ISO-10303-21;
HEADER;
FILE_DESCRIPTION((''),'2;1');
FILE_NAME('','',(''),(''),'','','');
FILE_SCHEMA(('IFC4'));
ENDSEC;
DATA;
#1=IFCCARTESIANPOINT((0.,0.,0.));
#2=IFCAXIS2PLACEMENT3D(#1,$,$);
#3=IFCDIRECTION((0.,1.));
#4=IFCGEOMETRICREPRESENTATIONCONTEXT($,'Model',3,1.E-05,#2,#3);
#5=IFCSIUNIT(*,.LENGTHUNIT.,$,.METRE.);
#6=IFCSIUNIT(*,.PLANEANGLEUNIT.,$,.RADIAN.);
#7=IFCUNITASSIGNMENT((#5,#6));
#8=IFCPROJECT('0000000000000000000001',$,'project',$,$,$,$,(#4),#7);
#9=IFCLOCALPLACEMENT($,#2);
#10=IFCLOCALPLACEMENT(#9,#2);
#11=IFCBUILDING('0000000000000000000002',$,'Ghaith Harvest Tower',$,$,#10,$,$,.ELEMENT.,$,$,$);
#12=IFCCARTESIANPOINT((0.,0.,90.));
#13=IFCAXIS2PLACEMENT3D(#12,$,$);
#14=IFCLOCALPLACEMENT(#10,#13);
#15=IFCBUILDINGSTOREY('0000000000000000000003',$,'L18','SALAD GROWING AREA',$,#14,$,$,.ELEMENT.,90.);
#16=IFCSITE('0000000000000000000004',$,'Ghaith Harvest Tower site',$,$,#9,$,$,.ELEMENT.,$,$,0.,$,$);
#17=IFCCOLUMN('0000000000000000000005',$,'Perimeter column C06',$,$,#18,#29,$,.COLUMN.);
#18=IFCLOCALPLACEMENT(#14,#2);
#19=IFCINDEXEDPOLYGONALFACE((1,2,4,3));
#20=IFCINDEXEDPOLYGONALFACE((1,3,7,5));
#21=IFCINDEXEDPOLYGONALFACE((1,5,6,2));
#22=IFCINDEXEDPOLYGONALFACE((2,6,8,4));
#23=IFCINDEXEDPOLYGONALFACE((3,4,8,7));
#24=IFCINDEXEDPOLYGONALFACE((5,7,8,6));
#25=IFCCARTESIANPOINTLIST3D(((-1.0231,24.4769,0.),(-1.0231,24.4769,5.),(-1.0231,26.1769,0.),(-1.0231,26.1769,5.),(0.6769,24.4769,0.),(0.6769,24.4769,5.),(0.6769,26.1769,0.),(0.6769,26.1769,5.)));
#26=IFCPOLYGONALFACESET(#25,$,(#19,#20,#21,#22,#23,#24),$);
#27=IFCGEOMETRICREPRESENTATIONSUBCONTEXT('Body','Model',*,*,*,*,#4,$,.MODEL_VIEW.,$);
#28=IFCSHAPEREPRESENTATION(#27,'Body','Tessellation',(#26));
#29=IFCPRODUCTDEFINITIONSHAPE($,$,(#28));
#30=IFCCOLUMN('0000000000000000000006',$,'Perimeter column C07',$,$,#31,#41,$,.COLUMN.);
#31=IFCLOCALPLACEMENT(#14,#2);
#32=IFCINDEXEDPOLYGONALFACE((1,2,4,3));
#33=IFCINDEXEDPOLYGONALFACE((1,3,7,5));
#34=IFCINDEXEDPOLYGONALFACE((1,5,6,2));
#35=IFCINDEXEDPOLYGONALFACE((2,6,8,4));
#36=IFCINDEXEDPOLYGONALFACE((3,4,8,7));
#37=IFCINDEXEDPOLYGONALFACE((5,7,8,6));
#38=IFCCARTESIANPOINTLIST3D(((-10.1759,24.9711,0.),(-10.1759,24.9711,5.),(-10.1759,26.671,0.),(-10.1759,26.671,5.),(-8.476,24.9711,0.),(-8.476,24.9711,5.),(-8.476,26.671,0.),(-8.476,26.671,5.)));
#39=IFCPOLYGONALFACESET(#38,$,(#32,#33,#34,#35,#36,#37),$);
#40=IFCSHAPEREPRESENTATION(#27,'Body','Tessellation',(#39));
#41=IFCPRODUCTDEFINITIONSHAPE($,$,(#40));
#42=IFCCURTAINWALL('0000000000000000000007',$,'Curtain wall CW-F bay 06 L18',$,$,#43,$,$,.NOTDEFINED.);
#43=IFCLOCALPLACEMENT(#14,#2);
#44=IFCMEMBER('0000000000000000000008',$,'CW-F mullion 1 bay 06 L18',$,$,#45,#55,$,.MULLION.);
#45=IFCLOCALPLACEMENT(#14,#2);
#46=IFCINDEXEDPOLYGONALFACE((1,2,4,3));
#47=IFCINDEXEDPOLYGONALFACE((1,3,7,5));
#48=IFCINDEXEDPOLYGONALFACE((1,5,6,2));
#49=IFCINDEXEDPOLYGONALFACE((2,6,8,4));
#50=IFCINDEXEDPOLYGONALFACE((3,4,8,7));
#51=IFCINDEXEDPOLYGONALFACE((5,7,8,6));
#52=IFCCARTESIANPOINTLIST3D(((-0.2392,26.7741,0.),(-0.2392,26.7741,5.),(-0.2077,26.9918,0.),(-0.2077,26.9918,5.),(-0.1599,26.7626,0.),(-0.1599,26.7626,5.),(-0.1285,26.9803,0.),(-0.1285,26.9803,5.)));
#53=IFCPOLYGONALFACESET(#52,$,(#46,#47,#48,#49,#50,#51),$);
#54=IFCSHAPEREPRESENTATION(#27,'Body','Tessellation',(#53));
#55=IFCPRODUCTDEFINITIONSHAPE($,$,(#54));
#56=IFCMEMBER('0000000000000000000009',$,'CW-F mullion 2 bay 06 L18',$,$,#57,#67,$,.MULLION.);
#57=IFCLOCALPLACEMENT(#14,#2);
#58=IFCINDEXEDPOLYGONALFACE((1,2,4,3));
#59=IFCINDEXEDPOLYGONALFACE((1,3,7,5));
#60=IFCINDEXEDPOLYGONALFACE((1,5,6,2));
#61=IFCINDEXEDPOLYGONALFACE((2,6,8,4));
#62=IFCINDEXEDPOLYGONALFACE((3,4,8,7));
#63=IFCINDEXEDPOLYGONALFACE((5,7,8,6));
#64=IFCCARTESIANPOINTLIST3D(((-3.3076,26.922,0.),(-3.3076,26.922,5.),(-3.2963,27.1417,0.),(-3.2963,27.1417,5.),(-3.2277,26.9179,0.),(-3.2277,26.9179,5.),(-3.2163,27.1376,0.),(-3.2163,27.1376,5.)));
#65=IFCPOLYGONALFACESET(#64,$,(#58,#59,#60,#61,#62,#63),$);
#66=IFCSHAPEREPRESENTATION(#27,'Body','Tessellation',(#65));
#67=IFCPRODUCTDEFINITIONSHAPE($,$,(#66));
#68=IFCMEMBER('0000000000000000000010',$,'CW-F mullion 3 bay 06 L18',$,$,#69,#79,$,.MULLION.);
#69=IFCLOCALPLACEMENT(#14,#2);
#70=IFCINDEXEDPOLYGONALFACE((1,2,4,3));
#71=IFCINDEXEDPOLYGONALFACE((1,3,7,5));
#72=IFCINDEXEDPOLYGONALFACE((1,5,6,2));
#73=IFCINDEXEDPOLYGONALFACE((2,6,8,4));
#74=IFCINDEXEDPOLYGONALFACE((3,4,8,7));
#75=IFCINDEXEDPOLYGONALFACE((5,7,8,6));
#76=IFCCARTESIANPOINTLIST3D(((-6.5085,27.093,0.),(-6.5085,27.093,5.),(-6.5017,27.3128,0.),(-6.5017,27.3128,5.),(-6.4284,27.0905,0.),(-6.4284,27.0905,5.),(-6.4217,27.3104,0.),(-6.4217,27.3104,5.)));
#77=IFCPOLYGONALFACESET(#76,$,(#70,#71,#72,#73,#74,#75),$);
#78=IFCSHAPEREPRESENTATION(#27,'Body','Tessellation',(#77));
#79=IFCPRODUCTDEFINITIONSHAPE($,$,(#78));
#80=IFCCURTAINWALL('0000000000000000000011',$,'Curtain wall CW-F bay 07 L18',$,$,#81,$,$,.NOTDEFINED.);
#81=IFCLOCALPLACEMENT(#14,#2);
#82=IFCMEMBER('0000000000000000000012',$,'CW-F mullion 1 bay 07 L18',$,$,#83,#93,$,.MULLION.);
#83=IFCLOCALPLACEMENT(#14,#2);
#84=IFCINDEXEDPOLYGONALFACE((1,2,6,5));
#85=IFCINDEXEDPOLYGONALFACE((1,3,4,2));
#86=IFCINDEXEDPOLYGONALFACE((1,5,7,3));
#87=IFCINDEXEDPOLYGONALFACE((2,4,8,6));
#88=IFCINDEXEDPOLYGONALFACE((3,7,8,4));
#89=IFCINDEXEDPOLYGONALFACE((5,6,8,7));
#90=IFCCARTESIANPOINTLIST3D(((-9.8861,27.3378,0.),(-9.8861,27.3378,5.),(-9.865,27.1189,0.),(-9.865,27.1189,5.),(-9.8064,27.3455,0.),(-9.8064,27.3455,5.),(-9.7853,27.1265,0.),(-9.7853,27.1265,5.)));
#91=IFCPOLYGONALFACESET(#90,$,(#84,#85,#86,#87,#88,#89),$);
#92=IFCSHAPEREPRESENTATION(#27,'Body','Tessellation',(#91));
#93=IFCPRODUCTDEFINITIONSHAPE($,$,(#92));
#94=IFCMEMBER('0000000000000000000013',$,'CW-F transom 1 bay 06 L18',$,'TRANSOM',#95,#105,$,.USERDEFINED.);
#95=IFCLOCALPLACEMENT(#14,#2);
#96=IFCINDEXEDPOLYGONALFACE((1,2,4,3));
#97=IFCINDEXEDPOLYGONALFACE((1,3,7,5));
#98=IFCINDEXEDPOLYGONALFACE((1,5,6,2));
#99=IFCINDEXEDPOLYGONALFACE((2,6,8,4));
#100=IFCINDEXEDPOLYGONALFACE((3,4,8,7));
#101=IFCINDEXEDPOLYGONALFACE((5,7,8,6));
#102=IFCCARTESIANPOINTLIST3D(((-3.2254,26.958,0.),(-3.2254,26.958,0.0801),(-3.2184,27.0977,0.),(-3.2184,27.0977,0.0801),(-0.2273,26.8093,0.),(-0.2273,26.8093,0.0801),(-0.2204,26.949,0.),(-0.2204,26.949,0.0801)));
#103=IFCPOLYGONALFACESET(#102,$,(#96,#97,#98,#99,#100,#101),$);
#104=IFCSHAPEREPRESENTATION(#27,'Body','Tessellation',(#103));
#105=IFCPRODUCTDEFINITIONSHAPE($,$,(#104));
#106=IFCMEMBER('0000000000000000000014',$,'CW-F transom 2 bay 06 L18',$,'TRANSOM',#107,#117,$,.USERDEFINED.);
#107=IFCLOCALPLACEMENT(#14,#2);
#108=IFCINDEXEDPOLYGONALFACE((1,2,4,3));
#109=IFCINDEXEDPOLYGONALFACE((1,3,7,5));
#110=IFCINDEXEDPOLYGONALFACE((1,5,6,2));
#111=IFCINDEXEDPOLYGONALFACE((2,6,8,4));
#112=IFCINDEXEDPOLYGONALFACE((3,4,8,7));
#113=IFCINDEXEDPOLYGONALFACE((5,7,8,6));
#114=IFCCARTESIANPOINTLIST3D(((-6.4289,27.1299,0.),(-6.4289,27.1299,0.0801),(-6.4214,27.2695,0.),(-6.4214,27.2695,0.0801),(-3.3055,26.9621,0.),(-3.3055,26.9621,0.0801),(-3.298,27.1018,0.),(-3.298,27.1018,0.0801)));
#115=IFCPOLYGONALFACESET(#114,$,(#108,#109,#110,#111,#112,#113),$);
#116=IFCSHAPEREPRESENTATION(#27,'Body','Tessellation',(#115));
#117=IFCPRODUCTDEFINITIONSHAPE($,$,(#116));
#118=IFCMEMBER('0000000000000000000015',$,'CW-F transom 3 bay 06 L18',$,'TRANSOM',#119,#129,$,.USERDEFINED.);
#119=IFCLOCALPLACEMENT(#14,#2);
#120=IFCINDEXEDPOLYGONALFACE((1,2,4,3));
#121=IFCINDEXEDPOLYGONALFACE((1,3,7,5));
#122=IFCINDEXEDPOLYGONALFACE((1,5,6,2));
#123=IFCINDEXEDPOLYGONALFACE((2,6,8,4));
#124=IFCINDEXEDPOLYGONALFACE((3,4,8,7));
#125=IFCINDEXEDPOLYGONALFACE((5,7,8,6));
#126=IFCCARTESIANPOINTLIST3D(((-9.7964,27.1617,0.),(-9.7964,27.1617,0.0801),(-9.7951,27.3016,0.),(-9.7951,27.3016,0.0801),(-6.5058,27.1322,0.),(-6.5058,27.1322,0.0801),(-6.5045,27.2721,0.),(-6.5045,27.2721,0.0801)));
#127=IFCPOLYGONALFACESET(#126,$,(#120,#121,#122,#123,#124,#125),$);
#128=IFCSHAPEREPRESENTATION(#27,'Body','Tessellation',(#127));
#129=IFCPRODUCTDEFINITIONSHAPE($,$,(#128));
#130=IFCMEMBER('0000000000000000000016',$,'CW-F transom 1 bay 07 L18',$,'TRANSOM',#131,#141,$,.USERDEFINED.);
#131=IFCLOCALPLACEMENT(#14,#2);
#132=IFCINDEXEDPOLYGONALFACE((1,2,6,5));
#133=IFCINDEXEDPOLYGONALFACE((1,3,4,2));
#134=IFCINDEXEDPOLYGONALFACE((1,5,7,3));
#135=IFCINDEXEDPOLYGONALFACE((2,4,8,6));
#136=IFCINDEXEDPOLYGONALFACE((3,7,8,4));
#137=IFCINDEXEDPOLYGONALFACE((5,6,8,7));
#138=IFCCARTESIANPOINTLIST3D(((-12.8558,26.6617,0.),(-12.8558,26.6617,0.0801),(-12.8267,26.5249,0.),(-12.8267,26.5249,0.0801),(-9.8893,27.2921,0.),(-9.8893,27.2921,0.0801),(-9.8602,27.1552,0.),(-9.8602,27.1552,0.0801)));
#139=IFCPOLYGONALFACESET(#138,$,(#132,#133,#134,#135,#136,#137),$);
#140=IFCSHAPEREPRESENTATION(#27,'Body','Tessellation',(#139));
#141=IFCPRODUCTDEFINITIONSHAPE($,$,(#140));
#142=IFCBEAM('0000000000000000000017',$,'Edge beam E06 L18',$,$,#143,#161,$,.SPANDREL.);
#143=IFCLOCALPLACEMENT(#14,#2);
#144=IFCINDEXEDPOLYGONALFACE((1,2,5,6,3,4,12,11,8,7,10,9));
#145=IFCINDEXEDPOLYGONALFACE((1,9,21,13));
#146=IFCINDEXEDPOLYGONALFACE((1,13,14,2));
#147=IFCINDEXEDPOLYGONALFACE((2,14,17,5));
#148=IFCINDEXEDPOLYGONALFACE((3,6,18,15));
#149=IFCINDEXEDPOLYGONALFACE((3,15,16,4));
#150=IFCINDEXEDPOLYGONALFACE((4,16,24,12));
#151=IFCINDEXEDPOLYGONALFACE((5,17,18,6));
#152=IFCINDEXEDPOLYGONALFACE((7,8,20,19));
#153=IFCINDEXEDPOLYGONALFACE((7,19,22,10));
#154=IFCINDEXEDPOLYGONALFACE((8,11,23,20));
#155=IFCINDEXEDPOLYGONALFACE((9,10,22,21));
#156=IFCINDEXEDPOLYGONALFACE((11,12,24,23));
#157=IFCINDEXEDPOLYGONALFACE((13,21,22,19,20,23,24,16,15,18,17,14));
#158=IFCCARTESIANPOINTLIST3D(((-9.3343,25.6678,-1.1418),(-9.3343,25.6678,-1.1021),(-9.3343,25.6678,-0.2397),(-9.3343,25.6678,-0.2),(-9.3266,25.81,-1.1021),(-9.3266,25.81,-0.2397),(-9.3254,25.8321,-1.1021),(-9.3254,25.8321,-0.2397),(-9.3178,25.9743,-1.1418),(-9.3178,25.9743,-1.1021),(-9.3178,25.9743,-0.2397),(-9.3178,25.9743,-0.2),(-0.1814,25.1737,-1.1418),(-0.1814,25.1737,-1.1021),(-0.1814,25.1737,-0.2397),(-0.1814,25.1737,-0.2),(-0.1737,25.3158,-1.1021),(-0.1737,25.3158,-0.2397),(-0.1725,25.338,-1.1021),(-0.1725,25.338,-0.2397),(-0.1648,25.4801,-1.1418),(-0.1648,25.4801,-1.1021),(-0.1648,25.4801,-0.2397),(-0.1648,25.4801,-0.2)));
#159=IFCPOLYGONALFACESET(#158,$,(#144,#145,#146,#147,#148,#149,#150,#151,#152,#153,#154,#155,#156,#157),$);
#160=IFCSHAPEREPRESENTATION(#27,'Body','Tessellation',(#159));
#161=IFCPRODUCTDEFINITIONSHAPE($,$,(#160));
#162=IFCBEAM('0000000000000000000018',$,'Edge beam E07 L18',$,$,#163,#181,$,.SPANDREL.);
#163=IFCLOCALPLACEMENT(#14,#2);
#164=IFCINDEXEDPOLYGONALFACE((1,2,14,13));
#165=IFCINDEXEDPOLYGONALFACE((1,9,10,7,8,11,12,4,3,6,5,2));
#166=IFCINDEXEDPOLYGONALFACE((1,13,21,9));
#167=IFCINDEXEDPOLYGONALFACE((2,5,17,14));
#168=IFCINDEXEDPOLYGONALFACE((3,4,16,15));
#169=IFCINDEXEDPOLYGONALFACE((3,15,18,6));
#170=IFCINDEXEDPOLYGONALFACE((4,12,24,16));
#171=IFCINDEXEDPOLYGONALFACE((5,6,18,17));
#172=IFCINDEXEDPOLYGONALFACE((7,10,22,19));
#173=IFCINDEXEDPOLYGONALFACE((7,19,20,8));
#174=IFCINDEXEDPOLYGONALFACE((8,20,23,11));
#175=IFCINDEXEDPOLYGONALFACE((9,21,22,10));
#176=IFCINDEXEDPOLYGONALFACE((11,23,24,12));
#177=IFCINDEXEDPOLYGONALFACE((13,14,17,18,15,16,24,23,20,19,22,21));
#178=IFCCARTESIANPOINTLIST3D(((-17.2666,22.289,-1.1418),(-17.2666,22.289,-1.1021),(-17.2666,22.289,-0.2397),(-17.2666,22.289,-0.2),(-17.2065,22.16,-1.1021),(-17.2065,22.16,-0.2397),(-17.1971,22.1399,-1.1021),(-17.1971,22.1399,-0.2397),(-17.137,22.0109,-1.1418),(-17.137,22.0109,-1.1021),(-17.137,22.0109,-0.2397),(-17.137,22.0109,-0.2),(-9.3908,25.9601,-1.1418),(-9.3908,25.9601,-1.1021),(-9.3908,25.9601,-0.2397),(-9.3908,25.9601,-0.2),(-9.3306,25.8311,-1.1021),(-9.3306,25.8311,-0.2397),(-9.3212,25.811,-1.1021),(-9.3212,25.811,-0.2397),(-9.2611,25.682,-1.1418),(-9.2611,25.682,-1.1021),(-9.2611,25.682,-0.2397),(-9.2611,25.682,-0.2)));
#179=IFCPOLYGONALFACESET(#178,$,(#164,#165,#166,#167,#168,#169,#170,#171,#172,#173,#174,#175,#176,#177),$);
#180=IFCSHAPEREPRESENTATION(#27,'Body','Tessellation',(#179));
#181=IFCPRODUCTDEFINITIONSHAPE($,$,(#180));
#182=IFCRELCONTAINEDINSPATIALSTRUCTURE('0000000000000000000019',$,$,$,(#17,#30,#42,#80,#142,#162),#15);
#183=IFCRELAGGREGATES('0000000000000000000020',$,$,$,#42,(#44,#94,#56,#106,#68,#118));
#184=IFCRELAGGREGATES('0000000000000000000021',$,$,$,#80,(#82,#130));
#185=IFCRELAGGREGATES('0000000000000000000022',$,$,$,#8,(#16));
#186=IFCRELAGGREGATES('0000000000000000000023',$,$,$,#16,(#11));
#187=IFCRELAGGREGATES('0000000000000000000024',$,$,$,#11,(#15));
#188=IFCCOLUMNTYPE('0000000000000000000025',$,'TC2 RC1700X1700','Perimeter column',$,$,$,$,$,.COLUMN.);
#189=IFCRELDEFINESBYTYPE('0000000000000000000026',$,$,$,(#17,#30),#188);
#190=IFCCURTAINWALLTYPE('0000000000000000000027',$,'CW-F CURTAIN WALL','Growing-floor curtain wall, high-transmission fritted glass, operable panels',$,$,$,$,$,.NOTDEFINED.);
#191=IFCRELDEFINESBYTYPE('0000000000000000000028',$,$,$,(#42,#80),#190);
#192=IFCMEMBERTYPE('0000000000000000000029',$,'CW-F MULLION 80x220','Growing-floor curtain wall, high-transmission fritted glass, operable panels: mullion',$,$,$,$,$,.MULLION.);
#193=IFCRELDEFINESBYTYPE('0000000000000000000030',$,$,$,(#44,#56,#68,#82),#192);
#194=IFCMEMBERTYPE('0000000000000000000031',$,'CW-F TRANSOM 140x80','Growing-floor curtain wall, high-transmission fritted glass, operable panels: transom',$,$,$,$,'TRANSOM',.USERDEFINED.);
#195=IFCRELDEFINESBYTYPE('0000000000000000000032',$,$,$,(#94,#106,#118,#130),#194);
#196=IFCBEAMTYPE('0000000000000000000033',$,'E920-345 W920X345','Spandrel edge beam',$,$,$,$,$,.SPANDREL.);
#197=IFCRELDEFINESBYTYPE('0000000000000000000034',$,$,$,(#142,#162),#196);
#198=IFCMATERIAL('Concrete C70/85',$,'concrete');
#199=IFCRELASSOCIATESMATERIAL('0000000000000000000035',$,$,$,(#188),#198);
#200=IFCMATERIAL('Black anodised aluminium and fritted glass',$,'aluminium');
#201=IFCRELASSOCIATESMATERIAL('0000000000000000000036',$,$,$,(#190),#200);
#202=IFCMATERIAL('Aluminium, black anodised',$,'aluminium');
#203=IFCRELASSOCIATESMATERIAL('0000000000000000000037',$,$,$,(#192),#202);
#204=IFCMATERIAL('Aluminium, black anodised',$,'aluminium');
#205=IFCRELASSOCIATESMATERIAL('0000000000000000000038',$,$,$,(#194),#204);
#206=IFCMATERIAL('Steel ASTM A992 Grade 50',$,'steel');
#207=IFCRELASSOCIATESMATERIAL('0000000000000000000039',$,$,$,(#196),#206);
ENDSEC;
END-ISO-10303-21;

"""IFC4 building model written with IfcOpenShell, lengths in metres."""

from ifc_helpers import new_model, si_unit, direction, frame, origin, origin_2d, place, context, subcontext, project, spatial, rectangle, i_section, extrude, material, material_profile, profile_set, type_object, element, aggregate, save


model = new_model("IFC4")

# Units and contexts
model_context = context("Model", 3, precision=1e-05, world=origin(), true_north=direction((0.0, 1.0)))
body_context = subcontext(model_context, "Body", "Model", "MODEL_VIEW")
ifc_project = project(units=[si_unit("LENGTHUNIT", "METRE"), si_unit("PLANEANGLEUNIT", "RADIAN")], contexts=[model_context])

# Site, building, storey
site_placement = place(None, origin())
site = spatial("IfcSite", under=ifc_project, at=site_placement, Name="Ghaith Harvest Tower site", CompositionType="ELEMENT", RefElevation=0.0)
building_placement = place(site_placement, origin())
building = spatial("IfcBuilding", under=site, at=building_placement, Name="Ghaith Harvest Tower", CompositionType="ELEMENT")
storey_placement = place(building_placement, frame((0.0, 0.0, 90.0)))
storey = spatial("IfcBuildingStorey", under=building, at=storey_placement, Name="L18", Description="SALAD GROWING AREA", CompositionType="ELEMENT", Elevation=90.0)

# Columns
ifc_material_1 = material(Name="Concrete C70/85", Category="concrete")
ifc_material_profile_1 = material_profile(ifc_material_1, rectangle(XDim=1.7, YDim=1.7, at=origin_2d()), Name="RC1700X1700")
ifc_profile_set_1 = profile_set([ifc_material_profile_1], Name="Concrete C70/85")
column_type = type_object("IfcColumnType", Name="TC2 RC1700X1700", Description="Perimeter column", PredefinedType="COLUMN", material=ifc_profile_set_1)
for number, where, z_axis, x_axis, name in (
    (1, (-0.1731, 25.3269, 0.0), (0.0, 0.0, 1.0), (1.0, 0.0, 0.0), "Perimeter column C06"),
    (2, (-9.3259, 25.821, 0.0), (0.0, 0.0, 1.0), (1.0, 0.0, 0.0), "Perimeter column C07"),
):
    element("IfcColumn", number, at=place(storey_placement, frame(where, z_axis=z_axis, x_axis=x_axis)), inside=storey, type_object=column_type, Name=name, PredefinedType="COLUMN", context=body_context, shape_type="SweptSolid", body=[
        extrude(rectangle(XDim=1.7, YDim=1.7, at=origin_2d()), origin(), (0.0, 0.0, 1.0), 5.0),
    ])

# Curtain wall, members
ifc_material_2 = material(Name="Black anodised aluminium and fritted glass", Category="aluminium")
curtain_wall_type = type_object("IfcCurtainWallType", Name="CW-F CURTAIN WALL", Description="Growing-floor curtain wall, high-transmission fritted glass, operable panels", PredefinedType="NOTDEFINED", material=ifc_material_2)
curtain_wall_1_placement = place(storey_placement, origin())
curtain_wall_1 = element("IfcCurtainWall", 3, at=curtain_wall_1_placement, inside=storey, type_object=curtain_wall_type, Name="Curtain wall CW-F bay 06 L18", PredefinedType="NOTDEFINED")
ifc_material_3 = material(Name="Aluminium, black anodised", Category="aluminium")
ifc_material_profile_2 = material_profile(ifc_material_3, rectangle(XDim=0.0801, YDim=0.22, at=origin_2d()), Name="CW-F MULLION 80x220")
ifc_profile_set_2 = profile_set([ifc_material_profile_2], Name="Aluminium, black anodised")
member_type_1 = type_object("IfcMemberType", Name="CW-F MULLION 80x220", Description="Growing-floor curtain wall, high-transmission fritted glass, operable panels: mullion", PredefinedType="MULLION", material=ifc_profile_set_2)
member_1_placement = place(storey_placement, frame((-0.1838, 26.8772, 0.0), z_axis=(0.0, 0.0, 1.0), x_axis=(-0.989712, 0.143075, 0.0)))
member_1 = element("IfcMember", 4, at=member_1_placement, type_object=member_type_1, Name="CW-F mullion 1 bay 06 L18", PredefinedType="MULLION", context=body_context, shape_type="SweptSolid", body=[
    extrude(rectangle(XDim=0.0801, YDim=0.22, at=origin_2d()), origin(), (0.0, 0.0, 1.0), 5.0),
])
member_2_placement = place(storey_placement, frame((-3.262, 27.0298, 0.0), z_axis=(0.0, 0.0, 1.0), x_axis=(-0.998667, 0.051618, 0.0)))
member_2 = element("IfcMember", 5, at=member_2_placement, type_object=member_type_1, Name="CW-F mullion 2 bay 06 L18", PredefinedType="MULLION", context=body_context, shape_type="SweptSolid", body=[
    extrude(rectangle(XDim=0.0801, YDim=0.22, at=origin_2d()), origin(), (0.0, 0.0, 1.0), 5.0),
])
member_3_placement = place(storey_placement, frame((-6.4651, 27.2017, 0.0), z_axis=(0.0, 0.0, 1.0), x_axis=(-0.999527, 0.03075, 0.0)))
member_3 = element("IfcMember", 6, at=member_3_placement, type_object=member_type_1, Name="CW-F mullion 3 bay 06 L18", PredefinedType="MULLION", context=body_context, shape_type="SweptSolid", body=[
    extrude(rectangle(XDim=0.0801, YDim=0.22, at=origin_2d()), origin(), (0.0, 0.0, 1.0), 5.0),
])

# Curtain wall, member
curtain_wall_2_placement = place(storey_placement, origin())
curtain_wall_2 = element("IfcCurtainWall", 7, at=curtain_wall_2_placement, inside=storey, type_object=curtain_wall_type, Name="Curtain wall CW-F bay 07 L18", PredefinedType="NOTDEFINED")
member_4_placement = place(storey_placement, frame((-9.8357, 27.2322, 0.0), z_axis=(0.0, 0.0, 1.0), x_axis=(-0.995408, -0.095718, 0.0)))
member_4 = element("IfcMember", 8, at=member_4_placement, type_object=member_type_1, Name="CW-F mullion 1 bay 07 L18", PredefinedType="MULLION", context=body_context, shape_type="SweptSolid", body=[
    extrude(rectangle(XDim=0.0801, YDim=0.22, at=origin_2d()), origin(), (0.0, 0.0, 1.0), 5.0),
])

# Members
ifc_material_4 = material(Name="Aluminium, black anodised", Category="aluminium")
ifc_material_profile_3 = material_profile(ifc_material_4, rectangle(XDim=0.1399, YDim=0.0801, at=origin_2d()), Name="CW-F TRANSOM 140x80")
ifc_profile_set_3 = profile_set([ifc_material_profile_3], Name="Aluminium, black anodised")
member_type_2 = type_object("IfcMemberType", Name="CW-F TRANSOM 140x80", Description="Growing-floor curtain wall, high-transmission fritted glass, operable panels: transom", ElementType="TRANSOM", PredefinedType="USERDEFINED", material=ifc_profile_set_3)
member_5_placement = place(storey_placement, frame((-0.2239, 26.8792, 0.04), z_axis=(-0.998773, 0.049532, 0.0), x_axis=(-0.049532, -0.998773, 0.0)))
member_5 = element("IfcMember", 9, at=member_5_placement, type_object=member_type_2, Name="CW-F transom 1 bay 06 L18", ObjectType="TRANSOM", PredefinedType="USERDEFINED", context=body_context, shape_type="SweptSolid", body=[
    extrude(rectangle(XDim=0.1399, YDim=0.0801, at=origin_2d()), origin(), (0.0, 0.0, 1.0), 3.0017),
])
member_6_placement = place(storey_placement, frame((-3.3018, 27.032, 0.04), z_axis=(-0.998561, 0.05362, 0.0), x_axis=(-0.05362, -0.998561, 0.0)))
member_6 = element("IfcMember", 10, at=member_6_placement, type_object=member_type_2, Name="CW-F transom 2 bay 06 L18", ObjectType="TRANSOM", PredefinedType="USERDEFINED", context=body_context, shape_type="SweptSolid", body=[
    extrude(rectangle(XDim=0.1399, YDim=0.0801, at=origin_2d()), origin(), (0.0, 0.0, 1.0), 3.1279),
])
member_7_placement = place(storey_placement, frame((-6.5051, 27.2021, 0.04), z_axis=(-0.99996, 0.008977, 0.0), x_axis=(-0.008977, -0.99996, 0.0)))
member_7 = element("IfcMember", 11, at=member_7_placement, type_object=member_type_2, Name="CW-F transom 3 bay 06 L18", ObjectType="TRANSOM", PredefinedType="USERDEFINED", context=body_context, shape_type="SweptSolid", body=[
    extrude(rectangle(XDim=0.1399, YDim=0.0801, at=origin_2d()), origin(), (0.0, 0.0, 1.0), 3.2908),
])
member_8_placement = place(storey_placement, frame((-9.8748, 27.2236, 0.04), z_axis=(-0.97816, -0.207852, 0.0), x_axis=(0.207852, -0.97816, 0.0)))
member_8 = element("IfcMember", 12, at=member_8_placement, type_object=member_type_2, Name="CW-F transom 1 bay 07 L18", ObjectType="TRANSOM", PredefinedType="USERDEFINED", context=body_context, shape_type="SweptSolid", body=[
    extrude(rectangle(XDim=0.1399, YDim=0.0801, at=origin_2d()), origin(), (0.0, 0.0, 1.0), 3.0327),
])

# Beams
ifc_material_5 = material(Name="Steel ASTM A992 Grade 50", Category="steel")
ifc_material_profile_4 = material_profile(ifc_material_5, i_section(OverallWidth=0.3069, OverallDepth=0.9419, WebThickness=0.0222, FlangeThickness=0.0398, at=origin_2d()), Name="W920X345")
ifc_profile_set_4 = profile_set([ifc_material_profile_4], Name="Steel ASTM A992 Grade 50")
beam_type_1 = type_object("IfcBeamType", Name="E920-345 W920X345", Description="Spandrel edge beam", PredefinedType="SPANDREL", material=ifc_profile_set_4)
beam_1_placement = place(storey_placement, frame((-0.1731, 25.3269, -0.6709), z_axis=(-0.998546, 0.053909, 0.0), x_axis=(-0.053909, -0.998546, 0.0)))
element("IfcBeam", 13, at=beam_1_placement, inside=storey, type_object=beam_type_1, Name="Edge beam E06 L18", PredefinedType="SPANDREL", context=body_context, shape_type="SweptSolid", body=[
    extrude(i_section(OverallWidth=0.3069, OverallDepth=0.9419, WebThickness=0.0222, FlangeThickness=0.0398, at=origin_2d()), origin(), (0.0, 0.0, 1.0), 9.1663),
])
beam_2_placement = place(storey_placement, frame((-9.3259, 25.821, -0.6709), z_axis=(-0.906373, -0.422478, 0.0), x_axis=(0.422478, -0.906373, 0.0)))
element("IfcBeam", 14, at=beam_2_placement, inside=storey, type_object=beam_type_1, Name="Edge beam E07 L18", PredefinedType="SPANDREL", context=body_context, shape_type="SweptSolid", body=[
    extrude(i_section(OverallWidth=0.3069, OverallDepth=0.9419, WebThickness=0.0222, FlangeThickness=0.0398, at=origin_2d()), origin(), (0.0, 0.0, 1.0), 8.6895),
])

aggregate(curtain_wall_1, [member_1, member_5, member_2, member_6, member_3, member_7])
aggregate(curtain_wall_2, [member_4, member_8])

save(model, "model.ifc")
